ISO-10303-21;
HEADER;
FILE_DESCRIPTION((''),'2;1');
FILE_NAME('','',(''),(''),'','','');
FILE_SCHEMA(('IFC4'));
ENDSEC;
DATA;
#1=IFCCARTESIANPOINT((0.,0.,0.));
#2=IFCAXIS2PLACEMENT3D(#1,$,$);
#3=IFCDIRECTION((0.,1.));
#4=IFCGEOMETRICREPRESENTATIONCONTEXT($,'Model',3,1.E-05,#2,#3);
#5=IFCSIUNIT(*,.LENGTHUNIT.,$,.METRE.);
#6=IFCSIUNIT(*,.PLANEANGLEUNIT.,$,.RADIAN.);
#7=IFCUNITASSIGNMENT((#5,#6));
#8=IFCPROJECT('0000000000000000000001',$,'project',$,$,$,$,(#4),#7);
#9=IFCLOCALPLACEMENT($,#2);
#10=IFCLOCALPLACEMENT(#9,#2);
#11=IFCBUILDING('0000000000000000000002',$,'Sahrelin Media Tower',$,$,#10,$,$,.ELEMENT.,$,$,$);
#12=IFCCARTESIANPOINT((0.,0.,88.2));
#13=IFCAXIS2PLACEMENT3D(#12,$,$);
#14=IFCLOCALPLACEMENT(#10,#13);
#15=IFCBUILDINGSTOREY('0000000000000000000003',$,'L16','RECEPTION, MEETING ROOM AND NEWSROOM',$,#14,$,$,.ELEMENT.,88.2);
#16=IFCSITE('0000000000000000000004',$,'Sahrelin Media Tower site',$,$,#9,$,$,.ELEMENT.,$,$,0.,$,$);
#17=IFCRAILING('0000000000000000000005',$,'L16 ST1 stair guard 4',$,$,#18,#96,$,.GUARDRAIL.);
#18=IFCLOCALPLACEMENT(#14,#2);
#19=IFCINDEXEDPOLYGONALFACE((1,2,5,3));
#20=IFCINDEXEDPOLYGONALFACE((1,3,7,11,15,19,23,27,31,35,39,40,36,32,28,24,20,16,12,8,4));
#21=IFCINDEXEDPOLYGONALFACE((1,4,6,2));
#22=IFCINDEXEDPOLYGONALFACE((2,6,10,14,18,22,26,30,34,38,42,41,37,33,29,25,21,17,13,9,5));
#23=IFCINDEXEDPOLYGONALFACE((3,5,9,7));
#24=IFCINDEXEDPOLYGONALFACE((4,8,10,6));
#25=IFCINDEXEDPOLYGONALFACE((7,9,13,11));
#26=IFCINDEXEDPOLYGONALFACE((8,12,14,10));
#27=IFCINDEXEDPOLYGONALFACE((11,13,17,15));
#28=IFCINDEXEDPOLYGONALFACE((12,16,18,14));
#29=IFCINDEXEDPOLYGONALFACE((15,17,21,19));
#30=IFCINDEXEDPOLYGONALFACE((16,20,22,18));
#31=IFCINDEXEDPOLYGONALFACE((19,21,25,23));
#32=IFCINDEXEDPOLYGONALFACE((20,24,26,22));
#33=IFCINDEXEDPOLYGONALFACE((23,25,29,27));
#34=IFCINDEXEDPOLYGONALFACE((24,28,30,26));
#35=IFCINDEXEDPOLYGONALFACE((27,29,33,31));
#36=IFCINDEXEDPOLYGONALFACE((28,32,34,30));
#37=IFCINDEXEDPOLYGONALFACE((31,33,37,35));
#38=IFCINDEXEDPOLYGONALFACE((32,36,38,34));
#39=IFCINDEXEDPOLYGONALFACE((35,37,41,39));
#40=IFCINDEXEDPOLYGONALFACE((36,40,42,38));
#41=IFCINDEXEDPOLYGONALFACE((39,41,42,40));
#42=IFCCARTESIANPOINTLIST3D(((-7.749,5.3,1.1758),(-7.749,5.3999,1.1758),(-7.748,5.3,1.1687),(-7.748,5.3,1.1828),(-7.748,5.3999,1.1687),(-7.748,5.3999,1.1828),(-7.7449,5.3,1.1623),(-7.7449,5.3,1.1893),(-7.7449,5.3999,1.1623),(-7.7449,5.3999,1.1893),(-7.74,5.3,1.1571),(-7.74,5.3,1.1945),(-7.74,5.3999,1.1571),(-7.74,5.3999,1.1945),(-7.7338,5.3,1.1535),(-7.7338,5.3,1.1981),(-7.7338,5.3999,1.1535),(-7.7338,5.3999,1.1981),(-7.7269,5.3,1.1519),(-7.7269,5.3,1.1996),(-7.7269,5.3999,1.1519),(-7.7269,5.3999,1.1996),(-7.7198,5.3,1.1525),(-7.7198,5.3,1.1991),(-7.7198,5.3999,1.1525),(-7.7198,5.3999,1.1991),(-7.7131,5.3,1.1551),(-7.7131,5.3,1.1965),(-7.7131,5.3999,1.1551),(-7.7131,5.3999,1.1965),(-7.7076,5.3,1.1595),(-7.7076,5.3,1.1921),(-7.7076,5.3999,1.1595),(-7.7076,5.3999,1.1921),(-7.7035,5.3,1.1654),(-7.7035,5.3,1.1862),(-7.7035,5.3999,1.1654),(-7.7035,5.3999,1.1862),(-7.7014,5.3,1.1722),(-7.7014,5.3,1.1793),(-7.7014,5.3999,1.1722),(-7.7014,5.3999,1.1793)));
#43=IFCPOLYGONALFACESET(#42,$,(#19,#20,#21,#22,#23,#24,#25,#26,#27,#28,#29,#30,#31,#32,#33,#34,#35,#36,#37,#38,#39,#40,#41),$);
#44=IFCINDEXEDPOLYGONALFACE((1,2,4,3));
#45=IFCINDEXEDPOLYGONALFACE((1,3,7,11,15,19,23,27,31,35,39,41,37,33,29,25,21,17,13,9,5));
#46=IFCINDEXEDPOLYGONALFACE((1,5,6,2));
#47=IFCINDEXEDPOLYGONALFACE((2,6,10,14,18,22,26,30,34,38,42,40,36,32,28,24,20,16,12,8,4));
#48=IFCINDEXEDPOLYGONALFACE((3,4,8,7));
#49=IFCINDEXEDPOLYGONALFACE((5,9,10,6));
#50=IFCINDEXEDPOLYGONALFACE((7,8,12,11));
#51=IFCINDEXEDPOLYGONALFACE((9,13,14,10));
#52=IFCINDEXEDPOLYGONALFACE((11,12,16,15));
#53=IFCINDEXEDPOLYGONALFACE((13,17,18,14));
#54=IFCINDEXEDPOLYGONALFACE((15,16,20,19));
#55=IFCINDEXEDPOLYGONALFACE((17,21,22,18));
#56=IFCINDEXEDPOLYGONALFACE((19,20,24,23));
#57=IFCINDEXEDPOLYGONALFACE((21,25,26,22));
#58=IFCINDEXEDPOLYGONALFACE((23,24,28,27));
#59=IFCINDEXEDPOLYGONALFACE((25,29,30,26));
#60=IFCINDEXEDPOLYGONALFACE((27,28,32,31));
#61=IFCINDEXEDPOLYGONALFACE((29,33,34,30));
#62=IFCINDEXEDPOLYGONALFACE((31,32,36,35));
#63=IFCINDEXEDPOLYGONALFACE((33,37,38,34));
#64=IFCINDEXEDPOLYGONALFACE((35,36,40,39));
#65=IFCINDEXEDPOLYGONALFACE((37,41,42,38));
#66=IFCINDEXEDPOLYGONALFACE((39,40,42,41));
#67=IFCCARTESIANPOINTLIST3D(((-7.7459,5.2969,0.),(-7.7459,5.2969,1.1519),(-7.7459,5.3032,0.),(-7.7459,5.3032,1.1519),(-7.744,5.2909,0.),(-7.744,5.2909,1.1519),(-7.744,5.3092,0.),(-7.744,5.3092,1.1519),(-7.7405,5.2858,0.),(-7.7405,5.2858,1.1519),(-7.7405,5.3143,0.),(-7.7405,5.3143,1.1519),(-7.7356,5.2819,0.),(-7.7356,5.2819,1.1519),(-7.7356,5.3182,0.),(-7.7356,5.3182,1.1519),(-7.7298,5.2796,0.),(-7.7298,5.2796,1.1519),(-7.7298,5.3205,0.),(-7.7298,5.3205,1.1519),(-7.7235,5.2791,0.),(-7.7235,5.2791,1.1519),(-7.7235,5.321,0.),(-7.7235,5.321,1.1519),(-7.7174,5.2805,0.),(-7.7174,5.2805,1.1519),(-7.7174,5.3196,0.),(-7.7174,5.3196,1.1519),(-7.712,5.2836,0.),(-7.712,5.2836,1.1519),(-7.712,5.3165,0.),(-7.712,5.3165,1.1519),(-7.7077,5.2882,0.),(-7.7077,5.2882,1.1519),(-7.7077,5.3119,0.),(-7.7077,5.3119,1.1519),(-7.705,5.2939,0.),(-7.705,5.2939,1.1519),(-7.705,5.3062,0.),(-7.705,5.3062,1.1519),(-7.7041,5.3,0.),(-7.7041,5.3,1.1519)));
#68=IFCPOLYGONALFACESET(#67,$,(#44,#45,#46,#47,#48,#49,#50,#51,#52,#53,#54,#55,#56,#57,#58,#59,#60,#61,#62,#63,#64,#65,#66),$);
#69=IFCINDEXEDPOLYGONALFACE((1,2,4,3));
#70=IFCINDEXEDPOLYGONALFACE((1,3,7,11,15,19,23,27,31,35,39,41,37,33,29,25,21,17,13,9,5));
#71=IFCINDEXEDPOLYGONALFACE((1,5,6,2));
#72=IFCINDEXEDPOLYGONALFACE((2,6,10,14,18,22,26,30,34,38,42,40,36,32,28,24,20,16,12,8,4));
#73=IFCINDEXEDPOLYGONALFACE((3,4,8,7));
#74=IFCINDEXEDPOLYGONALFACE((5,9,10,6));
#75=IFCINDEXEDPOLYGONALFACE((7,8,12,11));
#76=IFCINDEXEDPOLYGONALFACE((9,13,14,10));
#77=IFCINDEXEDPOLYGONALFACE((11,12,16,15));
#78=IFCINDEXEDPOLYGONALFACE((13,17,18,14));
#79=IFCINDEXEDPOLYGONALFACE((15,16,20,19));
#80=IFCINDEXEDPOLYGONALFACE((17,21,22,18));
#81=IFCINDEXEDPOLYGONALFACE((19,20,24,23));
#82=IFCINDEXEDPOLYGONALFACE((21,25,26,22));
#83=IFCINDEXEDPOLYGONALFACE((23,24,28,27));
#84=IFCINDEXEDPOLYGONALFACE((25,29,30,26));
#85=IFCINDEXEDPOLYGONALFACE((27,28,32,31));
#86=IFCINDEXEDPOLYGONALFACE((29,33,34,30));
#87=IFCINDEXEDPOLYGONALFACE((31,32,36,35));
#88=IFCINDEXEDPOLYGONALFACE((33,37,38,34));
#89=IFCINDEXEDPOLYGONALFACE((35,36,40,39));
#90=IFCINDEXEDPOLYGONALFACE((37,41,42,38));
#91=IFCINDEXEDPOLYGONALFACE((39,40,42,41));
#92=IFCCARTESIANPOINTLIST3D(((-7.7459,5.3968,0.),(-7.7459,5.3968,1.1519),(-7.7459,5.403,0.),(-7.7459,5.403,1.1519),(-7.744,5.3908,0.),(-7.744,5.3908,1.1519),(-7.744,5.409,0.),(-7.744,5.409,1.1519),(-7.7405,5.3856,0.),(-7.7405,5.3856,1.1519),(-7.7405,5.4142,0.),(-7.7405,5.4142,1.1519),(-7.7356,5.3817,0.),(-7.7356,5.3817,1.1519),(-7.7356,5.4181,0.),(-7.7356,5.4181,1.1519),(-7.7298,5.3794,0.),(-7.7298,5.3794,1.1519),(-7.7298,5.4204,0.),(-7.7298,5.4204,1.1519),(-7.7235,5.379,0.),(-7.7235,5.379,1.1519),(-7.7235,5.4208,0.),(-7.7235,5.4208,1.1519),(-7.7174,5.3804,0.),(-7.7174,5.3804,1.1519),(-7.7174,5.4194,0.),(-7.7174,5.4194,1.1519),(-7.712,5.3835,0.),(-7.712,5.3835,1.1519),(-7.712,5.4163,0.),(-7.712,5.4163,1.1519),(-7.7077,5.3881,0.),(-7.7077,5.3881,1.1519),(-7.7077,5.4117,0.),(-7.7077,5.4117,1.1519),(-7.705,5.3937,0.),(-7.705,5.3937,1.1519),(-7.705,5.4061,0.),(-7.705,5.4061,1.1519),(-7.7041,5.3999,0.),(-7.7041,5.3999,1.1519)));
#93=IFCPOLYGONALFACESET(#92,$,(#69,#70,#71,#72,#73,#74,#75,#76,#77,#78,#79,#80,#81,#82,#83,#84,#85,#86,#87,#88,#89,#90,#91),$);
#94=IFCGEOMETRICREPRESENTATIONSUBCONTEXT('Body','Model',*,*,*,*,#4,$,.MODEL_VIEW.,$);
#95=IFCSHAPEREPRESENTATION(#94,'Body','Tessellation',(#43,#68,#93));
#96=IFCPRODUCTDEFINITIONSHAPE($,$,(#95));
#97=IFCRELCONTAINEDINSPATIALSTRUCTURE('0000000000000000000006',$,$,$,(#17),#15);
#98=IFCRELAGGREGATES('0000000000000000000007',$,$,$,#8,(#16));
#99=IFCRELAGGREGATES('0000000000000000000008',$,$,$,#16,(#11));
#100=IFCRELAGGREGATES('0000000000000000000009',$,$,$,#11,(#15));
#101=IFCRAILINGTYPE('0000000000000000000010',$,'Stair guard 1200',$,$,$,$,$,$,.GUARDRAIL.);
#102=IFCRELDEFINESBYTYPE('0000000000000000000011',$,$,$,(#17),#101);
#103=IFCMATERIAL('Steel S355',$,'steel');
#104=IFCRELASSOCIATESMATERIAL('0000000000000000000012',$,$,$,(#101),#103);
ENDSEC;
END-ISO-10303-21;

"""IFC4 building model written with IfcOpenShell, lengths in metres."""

from ifc_helpers import new_model, si_unit, direction, frame, origin, origin_2d, place, context, subcontext, project, spatial, circle, extrude, material, type_object, element, save


model = new_model("IFC4")

# Units and contexts
model_context = context("Model", 3, precision=1e-05, world=origin(), true_north=direction((0.0, 1.0)))
body_context = subcontext(model_context, "Body", "Model", "MODEL_VIEW")
ifc_project = project(units=[si_unit("LENGTHUNIT", "METRE"), si_unit("PLANEANGLEUNIT", "RADIAN")], contexts=[model_context])

# Site, building, storey
site_placement = place(None, origin())
site = spatial("IfcSite", under=ifc_project, at=site_placement, Name="Sahrelin Media Tower site", CompositionType="ELEMENT", RefElevation=0.0)
building_placement = place(site_placement, origin())
building = spatial("IfcBuilding", under=site, at=building_placement, Name="Sahrelin Media Tower", CompositionType="ELEMENT")
storey_placement = place(building_placement, frame((0.0, 0.0, 88.2)))
storey = spatial("IfcBuildingStorey", under=building, at=storey_placement, Name="L16", Description="RECEPTION, MEETING ROOM AND NEWSROOM", CompositionType="ELEMENT", Elevation=88.2)

# Shared definitions
ifc_material_1 = material(Name="Steel S355", Category="steel")

# Railing
railing_type_1 = type_object("IfcRailingType", Name="Stair guard 1200", PredefinedType="GUARDRAIL", material=ifc_material_1)
railing_1_placement = place(storey_placement, frame((-7.7251, 5.3, 0.0)))
element("IfcRailing", 1, at=railing_1_placement, inside=storey, type_object=railing_type_1, Name="L16 ST1 stair guard 4", PredefinedType="GUARDRAIL", context=body_context, shape_type="SweptSolid", body=[
    extrude(circle(Radius=0.0239, at=origin_2d()), frame((0.0, 0.0, 1.1758), z_axis=(0.0, 1.0, 0.0), x_axis=(-1.0, 0.0, 0.0)), (0.0, 0.0, 1.0), 0.0999),
    extrude(circle(Radius=0.021, at=origin_2d()), origin(), (0.0, 0.0, 1.0), 1.1519),
    extrude(circle(Radius=0.021, at=origin_2d()), frame((0.0, 0.0999, 0.0)), (0.0, 0.0, 1.0), 1.1519),
])

save(model, "model.ifc")
